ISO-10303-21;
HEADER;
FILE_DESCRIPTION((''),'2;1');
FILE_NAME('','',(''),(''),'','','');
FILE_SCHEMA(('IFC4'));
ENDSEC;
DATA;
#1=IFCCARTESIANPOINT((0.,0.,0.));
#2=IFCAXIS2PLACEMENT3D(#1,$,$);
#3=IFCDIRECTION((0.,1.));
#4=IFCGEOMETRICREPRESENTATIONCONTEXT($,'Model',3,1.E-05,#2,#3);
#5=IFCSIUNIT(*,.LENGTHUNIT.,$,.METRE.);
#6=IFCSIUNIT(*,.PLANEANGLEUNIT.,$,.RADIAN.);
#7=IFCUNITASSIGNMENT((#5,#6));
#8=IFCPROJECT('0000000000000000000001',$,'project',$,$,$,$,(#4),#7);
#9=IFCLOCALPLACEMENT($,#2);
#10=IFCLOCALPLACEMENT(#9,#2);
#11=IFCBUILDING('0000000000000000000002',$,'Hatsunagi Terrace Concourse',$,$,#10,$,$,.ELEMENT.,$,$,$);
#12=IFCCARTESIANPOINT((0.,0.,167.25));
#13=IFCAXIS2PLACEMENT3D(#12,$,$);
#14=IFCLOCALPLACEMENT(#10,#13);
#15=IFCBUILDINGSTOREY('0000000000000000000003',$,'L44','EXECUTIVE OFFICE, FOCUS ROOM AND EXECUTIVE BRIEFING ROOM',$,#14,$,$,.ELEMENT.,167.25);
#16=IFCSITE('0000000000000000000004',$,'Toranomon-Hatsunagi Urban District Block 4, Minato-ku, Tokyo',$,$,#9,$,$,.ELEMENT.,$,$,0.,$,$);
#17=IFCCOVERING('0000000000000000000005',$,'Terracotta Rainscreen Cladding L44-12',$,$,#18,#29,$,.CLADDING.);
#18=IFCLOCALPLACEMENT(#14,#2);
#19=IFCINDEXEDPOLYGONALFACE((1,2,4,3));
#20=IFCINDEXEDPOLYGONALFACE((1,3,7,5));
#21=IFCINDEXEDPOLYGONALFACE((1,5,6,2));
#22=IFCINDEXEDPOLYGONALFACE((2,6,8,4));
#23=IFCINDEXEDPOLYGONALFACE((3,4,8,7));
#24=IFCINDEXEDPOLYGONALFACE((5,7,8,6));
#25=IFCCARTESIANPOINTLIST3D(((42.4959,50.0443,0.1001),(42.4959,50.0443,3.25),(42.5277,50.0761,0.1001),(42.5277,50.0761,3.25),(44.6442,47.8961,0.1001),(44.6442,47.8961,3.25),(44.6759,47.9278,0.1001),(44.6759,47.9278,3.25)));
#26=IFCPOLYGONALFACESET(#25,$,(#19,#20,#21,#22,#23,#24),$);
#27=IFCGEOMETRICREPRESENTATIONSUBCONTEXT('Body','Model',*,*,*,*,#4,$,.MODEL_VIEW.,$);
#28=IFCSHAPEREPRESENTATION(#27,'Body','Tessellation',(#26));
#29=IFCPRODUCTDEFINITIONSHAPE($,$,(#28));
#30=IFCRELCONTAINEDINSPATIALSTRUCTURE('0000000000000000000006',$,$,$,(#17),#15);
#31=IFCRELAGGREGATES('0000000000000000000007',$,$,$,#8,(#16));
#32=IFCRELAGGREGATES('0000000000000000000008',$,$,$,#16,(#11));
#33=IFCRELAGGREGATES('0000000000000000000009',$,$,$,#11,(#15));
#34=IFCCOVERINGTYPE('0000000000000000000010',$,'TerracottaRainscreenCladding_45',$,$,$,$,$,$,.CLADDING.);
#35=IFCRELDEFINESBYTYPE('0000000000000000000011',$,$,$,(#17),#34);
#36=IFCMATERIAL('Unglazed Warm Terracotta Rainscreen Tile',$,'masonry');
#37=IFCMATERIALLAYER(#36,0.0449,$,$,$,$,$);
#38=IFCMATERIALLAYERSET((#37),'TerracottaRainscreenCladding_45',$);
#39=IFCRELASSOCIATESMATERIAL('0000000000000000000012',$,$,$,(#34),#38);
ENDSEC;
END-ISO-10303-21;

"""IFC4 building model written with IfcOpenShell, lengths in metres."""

from ifc_helpers import new_model, si_unit, direction, frame, origin, origin_2d, place, context, subcontext, project, spatial, rectangle, extrude, material, layer, layer_set, type_object, element, save


model = new_model("IFC4")

# Units and contexts
model_context = context("Model", 3, precision=1e-05, world=origin(), true_north=direction((0.0, 1.0)))
body_context = subcontext(model_context, "Body", "Model", "MODEL_VIEW")
ifc_project = project(units=[si_unit("LENGTHUNIT", "METRE"), si_unit("PLANEANGLEUNIT", "RADIAN")], contexts=[model_context])

# Site, building, storey
site_placement = place(None, origin())
site = spatial("IfcSite", under=ifc_project, at=site_placement, Name="Toranomon-Hatsunagi Urban District Block 4, Minato-ku, Tokyo", CompositionType="ELEMENT", RefElevation=0.0)
building_placement = place(site_placement, origin())
building = spatial("IfcBuilding", under=site, at=building_placement, Name="Hatsunagi Terrace Concourse", CompositionType="ELEMENT")
storey_placement = place(building_placement, frame((0.0, 0.0, 167.25)))
storey = spatial("IfcBuildingStorey", under=building, at=storey_placement, Name="L44", Description="EXECUTIVE OFFICE, FOCUS ROOM AND EXECUTIVE BRIEFING ROOM", CompositionType="ELEMENT", Elevation=167.25)

# Covering
ifc_material_1 = material(Name="Unglazed Warm Terracotta Rainscreen Tile", Category="masonry")
ifc_layer_1 = layer(ifc_material_1, 0.0449)
ifc_layer_set_1 = layer_set([ifc_layer_1], Name="TerracottaRainscreenCladding_45")
covering_type = type_object("IfcCoveringType", Name="TerracottaRainscreenCladding_45", PredefinedType="CLADDING", material=ifc_layer_set_1)
covering_placement = place(storey_placement, frame((43.5859, 48.9861, 0.1001), z_axis=(0.0, 0.0, 1.0), x_axis=(0.707107, -0.707107, 0.0)))
element("IfcCovering", 1, at=covering_placement, inside=storey, type_object=covering_type, Name="Terracotta Rainscreen Cladding L44-12", PredefinedType="CLADDING", context=body_context, shape_type="SweptSolid", body=[
    extrude(rectangle(XDim=3.0381, YDim=0.0449, at=origin_2d()), origin(), (0.0, 0.0, 1.0), 3.1499),
])

save(model, "model.ifc")
